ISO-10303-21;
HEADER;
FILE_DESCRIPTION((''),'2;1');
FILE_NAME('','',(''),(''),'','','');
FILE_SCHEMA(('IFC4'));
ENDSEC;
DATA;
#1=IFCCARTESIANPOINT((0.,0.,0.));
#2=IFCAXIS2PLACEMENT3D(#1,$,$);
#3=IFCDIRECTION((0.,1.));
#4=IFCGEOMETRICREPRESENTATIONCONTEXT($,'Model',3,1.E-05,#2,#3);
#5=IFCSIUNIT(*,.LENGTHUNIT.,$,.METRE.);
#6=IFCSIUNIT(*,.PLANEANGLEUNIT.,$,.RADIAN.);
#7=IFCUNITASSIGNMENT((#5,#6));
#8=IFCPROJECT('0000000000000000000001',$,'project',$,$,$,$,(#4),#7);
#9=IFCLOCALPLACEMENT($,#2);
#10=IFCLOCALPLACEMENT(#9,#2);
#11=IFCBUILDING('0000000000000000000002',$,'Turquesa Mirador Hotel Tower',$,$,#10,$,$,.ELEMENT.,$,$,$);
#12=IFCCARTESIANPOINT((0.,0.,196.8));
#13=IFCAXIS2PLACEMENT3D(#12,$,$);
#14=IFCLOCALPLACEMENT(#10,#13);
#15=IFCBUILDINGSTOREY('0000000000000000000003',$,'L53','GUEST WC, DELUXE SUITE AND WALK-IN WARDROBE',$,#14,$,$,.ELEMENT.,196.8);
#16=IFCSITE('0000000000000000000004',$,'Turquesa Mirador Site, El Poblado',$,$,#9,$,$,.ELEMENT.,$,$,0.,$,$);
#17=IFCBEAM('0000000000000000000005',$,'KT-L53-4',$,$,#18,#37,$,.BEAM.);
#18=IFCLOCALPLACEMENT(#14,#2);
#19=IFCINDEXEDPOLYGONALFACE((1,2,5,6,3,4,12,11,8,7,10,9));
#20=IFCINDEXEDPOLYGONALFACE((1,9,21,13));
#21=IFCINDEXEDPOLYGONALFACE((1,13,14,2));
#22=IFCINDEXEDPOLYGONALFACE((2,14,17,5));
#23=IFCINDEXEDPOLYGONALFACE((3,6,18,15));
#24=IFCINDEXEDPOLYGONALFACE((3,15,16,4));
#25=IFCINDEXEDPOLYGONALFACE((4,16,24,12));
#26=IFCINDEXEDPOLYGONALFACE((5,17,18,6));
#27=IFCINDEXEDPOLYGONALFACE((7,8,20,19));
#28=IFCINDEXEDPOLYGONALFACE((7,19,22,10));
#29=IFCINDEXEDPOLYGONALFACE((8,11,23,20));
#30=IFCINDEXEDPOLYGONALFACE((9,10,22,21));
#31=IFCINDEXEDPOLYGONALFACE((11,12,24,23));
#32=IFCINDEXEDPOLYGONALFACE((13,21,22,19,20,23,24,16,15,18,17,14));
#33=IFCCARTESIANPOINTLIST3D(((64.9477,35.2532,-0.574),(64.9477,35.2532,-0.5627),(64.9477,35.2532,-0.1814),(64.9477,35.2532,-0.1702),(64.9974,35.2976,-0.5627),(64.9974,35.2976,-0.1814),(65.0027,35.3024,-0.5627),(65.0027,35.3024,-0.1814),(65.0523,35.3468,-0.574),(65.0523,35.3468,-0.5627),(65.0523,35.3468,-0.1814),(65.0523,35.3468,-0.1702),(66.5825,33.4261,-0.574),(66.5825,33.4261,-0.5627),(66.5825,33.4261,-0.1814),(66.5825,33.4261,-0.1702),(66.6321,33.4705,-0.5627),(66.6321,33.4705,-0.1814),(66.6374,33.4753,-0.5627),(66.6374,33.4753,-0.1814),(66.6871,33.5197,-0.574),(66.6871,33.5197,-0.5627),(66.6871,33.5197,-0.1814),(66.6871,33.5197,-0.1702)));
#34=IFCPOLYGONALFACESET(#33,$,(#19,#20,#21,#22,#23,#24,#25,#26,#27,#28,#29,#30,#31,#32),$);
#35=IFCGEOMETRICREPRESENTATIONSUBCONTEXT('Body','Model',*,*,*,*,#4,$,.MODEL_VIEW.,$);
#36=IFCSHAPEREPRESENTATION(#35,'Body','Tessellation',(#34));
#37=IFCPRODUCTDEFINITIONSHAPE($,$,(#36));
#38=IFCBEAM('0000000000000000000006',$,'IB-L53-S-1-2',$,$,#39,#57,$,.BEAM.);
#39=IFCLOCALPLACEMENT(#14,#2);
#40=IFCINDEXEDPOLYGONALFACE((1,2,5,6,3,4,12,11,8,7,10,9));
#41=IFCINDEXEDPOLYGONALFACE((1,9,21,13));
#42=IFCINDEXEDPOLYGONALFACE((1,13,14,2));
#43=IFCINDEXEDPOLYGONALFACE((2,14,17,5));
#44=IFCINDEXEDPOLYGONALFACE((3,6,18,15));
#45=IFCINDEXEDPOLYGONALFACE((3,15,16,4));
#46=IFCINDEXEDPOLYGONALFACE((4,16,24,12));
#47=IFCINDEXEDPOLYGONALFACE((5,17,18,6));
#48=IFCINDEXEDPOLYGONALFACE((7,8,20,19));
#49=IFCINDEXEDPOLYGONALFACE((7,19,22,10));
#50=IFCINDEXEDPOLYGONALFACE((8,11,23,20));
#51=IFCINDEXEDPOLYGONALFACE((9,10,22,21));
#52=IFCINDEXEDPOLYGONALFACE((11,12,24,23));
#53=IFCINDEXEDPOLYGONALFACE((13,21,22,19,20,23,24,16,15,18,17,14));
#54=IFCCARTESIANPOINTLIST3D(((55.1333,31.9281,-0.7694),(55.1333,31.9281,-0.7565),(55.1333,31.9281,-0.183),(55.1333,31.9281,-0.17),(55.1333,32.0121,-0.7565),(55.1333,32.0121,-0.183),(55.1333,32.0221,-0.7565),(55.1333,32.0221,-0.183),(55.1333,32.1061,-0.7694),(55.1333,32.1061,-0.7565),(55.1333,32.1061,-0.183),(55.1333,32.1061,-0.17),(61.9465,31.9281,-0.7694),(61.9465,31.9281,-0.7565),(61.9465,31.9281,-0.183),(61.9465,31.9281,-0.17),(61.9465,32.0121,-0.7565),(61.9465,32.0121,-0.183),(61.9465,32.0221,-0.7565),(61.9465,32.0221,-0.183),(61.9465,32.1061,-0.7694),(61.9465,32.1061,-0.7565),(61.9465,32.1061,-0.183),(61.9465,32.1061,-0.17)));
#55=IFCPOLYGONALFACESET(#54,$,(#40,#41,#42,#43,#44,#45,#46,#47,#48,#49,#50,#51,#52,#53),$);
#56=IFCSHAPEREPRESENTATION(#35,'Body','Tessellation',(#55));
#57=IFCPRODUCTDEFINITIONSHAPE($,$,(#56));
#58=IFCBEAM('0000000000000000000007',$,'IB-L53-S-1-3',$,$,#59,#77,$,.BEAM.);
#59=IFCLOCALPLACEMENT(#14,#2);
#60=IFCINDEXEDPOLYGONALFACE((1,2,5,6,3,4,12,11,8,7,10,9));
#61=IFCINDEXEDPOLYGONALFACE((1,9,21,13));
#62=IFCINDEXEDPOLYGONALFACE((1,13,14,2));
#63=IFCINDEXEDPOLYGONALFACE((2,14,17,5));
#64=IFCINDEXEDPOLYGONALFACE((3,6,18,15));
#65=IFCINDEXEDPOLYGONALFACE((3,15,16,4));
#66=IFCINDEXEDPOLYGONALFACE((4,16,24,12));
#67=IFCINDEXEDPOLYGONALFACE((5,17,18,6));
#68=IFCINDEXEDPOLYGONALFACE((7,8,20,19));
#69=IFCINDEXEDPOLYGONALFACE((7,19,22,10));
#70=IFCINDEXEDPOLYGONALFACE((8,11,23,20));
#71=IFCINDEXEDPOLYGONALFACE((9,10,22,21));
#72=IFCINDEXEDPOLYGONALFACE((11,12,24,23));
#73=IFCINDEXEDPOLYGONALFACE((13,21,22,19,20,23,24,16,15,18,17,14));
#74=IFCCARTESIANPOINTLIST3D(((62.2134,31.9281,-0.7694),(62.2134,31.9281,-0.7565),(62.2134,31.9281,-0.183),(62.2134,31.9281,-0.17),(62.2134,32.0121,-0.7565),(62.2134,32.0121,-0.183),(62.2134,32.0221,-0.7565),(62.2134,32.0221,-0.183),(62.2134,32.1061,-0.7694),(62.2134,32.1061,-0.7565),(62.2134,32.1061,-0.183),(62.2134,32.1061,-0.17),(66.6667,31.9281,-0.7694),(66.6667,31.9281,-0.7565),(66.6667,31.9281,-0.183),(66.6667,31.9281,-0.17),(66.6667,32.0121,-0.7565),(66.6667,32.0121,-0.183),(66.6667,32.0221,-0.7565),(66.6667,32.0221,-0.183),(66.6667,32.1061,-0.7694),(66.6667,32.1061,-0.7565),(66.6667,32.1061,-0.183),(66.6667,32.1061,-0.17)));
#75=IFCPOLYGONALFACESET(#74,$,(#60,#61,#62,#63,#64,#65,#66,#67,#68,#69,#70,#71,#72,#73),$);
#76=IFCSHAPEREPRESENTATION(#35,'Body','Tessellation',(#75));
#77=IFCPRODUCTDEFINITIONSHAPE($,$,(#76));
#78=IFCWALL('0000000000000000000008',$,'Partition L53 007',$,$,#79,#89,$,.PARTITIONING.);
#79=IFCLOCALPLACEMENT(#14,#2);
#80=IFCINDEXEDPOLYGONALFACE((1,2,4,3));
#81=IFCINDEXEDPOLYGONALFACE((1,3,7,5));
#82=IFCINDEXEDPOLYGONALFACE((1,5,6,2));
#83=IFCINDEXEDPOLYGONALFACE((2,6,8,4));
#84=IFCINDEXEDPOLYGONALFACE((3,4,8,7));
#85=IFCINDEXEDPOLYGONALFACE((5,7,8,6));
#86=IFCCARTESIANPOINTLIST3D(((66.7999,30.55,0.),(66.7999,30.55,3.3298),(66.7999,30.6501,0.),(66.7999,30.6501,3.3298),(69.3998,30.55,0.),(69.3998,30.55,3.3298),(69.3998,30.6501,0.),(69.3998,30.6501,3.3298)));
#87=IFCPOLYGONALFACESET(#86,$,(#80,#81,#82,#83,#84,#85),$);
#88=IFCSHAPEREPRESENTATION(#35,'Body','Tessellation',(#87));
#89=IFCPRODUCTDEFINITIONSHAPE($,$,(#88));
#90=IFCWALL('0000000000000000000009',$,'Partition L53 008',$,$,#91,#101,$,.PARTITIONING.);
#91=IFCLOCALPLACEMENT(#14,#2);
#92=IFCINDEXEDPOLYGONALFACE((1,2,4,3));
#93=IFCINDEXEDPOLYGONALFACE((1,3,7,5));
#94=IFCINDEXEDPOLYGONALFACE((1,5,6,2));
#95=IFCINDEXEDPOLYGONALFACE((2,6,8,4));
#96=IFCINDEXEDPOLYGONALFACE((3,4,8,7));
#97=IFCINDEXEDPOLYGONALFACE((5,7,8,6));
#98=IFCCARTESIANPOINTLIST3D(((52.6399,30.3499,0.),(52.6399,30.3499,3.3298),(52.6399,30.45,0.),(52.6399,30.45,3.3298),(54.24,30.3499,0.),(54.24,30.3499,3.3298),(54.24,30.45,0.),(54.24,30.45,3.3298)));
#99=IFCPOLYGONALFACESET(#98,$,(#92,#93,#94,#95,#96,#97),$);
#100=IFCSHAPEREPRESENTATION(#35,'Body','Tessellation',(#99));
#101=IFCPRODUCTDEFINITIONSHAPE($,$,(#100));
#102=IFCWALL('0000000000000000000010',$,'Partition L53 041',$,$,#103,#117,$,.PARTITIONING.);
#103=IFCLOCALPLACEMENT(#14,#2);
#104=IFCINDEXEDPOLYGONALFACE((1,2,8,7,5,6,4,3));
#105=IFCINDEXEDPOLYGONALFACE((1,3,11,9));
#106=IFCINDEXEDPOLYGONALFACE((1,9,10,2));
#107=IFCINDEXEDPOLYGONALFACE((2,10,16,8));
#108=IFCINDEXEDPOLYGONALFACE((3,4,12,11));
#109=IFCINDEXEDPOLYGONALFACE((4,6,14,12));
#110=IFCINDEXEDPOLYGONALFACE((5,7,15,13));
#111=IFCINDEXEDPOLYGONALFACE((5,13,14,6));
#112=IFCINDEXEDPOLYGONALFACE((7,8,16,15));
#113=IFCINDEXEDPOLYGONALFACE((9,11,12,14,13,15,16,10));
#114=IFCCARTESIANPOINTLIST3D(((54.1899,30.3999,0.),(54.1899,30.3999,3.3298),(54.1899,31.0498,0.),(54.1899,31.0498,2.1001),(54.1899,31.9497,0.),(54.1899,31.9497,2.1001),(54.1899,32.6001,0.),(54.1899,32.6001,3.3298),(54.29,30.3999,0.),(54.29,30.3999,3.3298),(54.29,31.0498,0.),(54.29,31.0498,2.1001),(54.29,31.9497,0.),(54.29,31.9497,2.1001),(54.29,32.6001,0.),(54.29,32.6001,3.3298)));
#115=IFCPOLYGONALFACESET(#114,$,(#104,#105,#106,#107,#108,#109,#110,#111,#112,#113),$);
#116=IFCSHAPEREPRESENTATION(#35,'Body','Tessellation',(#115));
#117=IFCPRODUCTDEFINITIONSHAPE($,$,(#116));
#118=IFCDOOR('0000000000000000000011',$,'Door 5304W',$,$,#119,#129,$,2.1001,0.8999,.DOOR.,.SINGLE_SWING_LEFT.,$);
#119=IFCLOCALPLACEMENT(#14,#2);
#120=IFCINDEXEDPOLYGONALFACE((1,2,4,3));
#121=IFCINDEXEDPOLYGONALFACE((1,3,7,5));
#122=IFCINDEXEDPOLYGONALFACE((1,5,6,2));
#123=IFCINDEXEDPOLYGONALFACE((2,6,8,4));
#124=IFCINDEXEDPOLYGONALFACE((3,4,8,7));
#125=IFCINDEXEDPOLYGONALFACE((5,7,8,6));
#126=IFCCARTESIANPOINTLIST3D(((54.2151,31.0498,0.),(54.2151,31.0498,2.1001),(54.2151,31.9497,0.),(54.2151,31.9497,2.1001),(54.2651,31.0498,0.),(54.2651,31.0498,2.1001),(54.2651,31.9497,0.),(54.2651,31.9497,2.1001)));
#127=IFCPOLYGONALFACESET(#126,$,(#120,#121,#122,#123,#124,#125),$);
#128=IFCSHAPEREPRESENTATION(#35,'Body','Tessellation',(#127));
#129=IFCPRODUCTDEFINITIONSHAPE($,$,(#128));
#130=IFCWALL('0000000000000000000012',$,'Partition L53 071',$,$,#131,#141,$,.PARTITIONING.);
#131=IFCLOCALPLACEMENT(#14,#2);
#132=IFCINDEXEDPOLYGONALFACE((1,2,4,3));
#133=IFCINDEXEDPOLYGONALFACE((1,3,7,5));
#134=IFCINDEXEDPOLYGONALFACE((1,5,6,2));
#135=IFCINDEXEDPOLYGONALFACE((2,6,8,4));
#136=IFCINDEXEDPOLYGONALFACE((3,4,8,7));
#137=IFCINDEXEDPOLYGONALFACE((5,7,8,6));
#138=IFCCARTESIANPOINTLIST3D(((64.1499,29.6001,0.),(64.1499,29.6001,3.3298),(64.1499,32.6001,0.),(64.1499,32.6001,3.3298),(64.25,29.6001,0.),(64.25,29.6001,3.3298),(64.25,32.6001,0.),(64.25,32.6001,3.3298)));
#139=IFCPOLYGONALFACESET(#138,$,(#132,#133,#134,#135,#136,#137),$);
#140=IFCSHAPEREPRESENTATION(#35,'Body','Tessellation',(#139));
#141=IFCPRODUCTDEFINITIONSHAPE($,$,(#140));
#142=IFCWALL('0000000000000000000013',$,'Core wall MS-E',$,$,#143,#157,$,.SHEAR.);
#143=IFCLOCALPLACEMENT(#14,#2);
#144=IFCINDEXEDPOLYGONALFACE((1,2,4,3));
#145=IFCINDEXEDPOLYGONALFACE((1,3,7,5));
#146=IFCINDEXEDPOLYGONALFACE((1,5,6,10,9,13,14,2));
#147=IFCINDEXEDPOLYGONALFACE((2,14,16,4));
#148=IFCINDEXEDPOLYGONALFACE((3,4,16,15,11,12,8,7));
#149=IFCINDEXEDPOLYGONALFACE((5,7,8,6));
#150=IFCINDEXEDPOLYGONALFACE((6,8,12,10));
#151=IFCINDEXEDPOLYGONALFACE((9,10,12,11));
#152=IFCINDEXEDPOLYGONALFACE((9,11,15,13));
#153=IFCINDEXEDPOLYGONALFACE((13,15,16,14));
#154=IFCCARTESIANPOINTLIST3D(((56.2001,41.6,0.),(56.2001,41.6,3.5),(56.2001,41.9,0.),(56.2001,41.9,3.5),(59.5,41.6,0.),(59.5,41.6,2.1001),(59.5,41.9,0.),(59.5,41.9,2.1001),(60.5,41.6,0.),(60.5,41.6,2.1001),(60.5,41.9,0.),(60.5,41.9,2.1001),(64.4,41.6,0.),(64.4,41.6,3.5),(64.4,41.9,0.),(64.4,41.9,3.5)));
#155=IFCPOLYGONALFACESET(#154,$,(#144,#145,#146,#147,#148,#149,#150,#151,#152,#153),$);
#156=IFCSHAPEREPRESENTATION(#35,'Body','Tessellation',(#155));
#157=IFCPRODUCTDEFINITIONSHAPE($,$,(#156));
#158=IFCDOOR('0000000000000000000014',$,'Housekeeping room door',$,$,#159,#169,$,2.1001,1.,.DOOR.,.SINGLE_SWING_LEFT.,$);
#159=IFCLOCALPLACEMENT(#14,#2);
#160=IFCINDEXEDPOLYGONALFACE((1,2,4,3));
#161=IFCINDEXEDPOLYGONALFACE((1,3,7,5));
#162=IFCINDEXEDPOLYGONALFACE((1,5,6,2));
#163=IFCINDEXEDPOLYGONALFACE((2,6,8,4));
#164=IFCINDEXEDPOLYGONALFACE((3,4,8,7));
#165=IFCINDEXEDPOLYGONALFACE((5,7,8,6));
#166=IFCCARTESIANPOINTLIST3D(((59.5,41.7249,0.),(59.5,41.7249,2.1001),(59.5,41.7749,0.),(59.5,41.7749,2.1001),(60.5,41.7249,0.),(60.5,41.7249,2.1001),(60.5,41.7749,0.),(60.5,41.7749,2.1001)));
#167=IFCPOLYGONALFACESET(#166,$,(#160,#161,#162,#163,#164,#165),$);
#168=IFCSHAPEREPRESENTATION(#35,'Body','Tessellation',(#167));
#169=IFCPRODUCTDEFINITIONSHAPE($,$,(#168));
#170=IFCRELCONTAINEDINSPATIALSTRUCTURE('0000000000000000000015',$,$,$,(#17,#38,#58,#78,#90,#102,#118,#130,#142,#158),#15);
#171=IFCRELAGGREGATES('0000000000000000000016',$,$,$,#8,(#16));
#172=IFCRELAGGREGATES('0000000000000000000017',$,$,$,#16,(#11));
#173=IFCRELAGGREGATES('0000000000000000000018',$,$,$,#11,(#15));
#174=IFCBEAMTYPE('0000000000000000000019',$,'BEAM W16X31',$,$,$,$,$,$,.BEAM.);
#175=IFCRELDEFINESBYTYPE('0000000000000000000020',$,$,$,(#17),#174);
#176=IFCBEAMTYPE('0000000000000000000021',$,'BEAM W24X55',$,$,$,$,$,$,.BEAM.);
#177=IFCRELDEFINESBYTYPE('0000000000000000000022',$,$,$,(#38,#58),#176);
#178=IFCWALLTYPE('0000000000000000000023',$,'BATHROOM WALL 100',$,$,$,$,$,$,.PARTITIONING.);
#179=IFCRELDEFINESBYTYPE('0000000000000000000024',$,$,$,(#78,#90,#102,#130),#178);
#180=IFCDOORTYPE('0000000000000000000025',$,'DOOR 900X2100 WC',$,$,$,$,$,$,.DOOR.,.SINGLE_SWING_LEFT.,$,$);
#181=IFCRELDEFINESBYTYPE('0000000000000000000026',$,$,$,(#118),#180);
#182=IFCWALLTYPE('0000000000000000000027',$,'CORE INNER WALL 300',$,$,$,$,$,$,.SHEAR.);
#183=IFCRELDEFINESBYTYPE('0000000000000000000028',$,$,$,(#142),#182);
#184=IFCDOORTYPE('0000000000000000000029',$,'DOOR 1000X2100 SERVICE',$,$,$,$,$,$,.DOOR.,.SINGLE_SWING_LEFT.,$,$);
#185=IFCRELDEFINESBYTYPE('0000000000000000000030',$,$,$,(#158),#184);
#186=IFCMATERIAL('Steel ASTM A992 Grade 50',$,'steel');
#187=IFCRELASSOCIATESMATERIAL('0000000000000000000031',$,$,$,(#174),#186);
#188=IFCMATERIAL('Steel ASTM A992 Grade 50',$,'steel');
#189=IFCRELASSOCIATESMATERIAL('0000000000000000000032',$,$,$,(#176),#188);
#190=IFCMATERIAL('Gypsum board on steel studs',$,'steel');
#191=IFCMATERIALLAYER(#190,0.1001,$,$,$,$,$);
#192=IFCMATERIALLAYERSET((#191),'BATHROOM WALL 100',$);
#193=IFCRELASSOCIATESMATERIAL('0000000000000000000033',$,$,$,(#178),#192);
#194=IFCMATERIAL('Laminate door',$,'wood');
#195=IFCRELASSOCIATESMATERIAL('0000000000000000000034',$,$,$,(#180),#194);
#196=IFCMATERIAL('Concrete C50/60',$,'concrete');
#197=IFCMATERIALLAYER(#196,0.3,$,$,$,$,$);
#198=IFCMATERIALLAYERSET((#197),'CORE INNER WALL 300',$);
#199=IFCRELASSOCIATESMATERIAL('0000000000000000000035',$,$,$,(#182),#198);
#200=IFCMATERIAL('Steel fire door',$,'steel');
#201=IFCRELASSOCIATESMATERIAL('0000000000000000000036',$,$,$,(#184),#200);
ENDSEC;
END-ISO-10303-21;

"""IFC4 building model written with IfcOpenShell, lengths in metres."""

from ifc_helpers import new_model, si_unit, direction, frame, frame_2d, origin, origin_2d, place, context, subcontext, project, spatial, rectangle, i_section, extrude, material, layer, layer_set, material_profile, profile_set, type_object, element, fill, save


model = new_model("IFC4")

# Units and contexts
model_context = context("Model", 3, precision=1e-05, world=origin(), true_north=direction((0.0, 1.0)))
body_context = subcontext(model_context, "Body", "Model", "MODEL_VIEW")
ifc_project = project(units=[si_unit("LENGTHUNIT", "METRE"), si_unit("PLANEANGLEUNIT", "RADIAN")], contexts=[model_context])

# Site, building, storey
site_placement = place(None, origin())
site = spatial("IfcSite", under=ifc_project, at=site_placement, Name="Turquesa Mirador Site, El Poblado", CompositionType="ELEMENT", RefElevation=0.0)
building_placement = place(site_placement, origin())
building = spatial("IfcBuilding", under=site, at=building_placement, Name="Turquesa Mirador Hotel Tower", CompositionType="ELEMENT")
storey_placement = place(building_placement, frame((0.0, 0.0, 196.8)))
storey = spatial("IfcBuildingStorey", under=building, at=storey_placement, Name="L53", Description="GUEST WC, DELUXE SUITE AND WALK-IN WARDROBE", CompositionType="ELEMENT", Elevation=196.8)

# Beams
ifc_material_1 = material(Name="Steel ASTM A992 Grade 50", Category="steel")
ifc_material_profile_1 = material_profile(ifc_material_1, i_section(OverallWidth=0.1404, OverallDepth=0.4038, WebThickness=0.0071, FlangeThickness=0.0112, at=origin_2d()), Name="W16X31")
ifc_profile_set_1 = profile_set([ifc_material_profile_1], Name="Steel ASTM A992 Grade 50")
beam_type_1 = type_object("IfcBeamType", Name="BEAM W16X31", PredefinedType="BEAM", material=ifc_profile_set_1)
beam_1_placement = place(storey_placement, frame((66.6348, 33.4729, -0.3721), z_axis=(-0.666783, 0.745252, 0.0), x_axis=(-0.745252, -0.666783, 0.0)))
element("IfcBeam", 1, at=beam_1_placement, inside=storey, type_object=beam_type_1, Name="KT-L53-4", PredefinedType="BEAM", context=body_context, shape_type="SweptSolid", body=[
    extrude(i_section(OverallWidth=0.1404, OverallDepth=0.4038, WebThickness=0.0071, FlangeThickness=0.0112, at=origin_2d()), origin(), (0.0, 0.0, 1.0), 2.4517),
])
ifc_material_2 = material(Name="Steel ASTM A992 Grade 50", Category="steel")
ifc_material_profile_2 = material_profile(ifc_material_2, i_section(OverallWidth=0.178, OverallDepth=0.5994, WebThickness=0.01, FlangeThickness=0.0129, at=origin_2d()), Name="W24X55")
ifc_profile_set_2 = profile_set([ifc_material_profile_2], Name="Steel ASTM A992 Grade 50")
beam_type_2 = type_object("IfcBeamType", Name="BEAM W24X55", PredefinedType="BEAM", material=ifc_profile_set_2)
beam_2_placement = place(storey_placement, frame((55.1333, 32.0171, -0.4697), z_axis=(1.0, 0.0, 0.0), x_axis=(0.0, 1.0, 0.0)))
element("IfcBeam", 2, at=beam_2_placement, inside=storey, type_object=beam_type_2, Name="IB-L53-S-1-2", PredefinedType="BEAM", context=body_context, shape_type="SweptSolid", body=[
    extrude(i_section(OverallWidth=0.178, OverallDepth=0.5994, WebThickness=0.01, FlangeThickness=0.0129, at=origin_2d()), origin(), (0.0, 0.0, 1.0), 6.8132),
])
beam_3_placement = place(storey_placement, frame((62.2134, 32.0171, -0.4697), z_axis=(1.0, 0.0, 0.0), x_axis=(0.0, 1.0, 0.0)))
element("IfcBeam", 3, at=beam_3_placement, inside=storey, type_object=beam_type_2, Name="IB-L53-S-1-3", PredefinedType="BEAM", context=body_context, shape_type="SweptSolid", body=[
    extrude(i_section(OverallWidth=0.178, OverallDepth=0.5994, WebThickness=0.01, FlangeThickness=0.0129, at=origin_2d()), origin(), (0.0, 0.0, 1.0), 4.4534),
])

# Walls
ifc_material_3 = material(Name="Gypsum board on steel studs", Category="steel")
ifc_layer_1 = layer(ifc_material_3, 0.1001)
ifc_layer_set_1 = layer_set([ifc_layer_1], Name="BATHROOM WALL 100")
wall_type_1 = type_object("IfcWallType", Name="BATHROOM WALL 100", PredefinedType="PARTITIONING", material=ifc_layer_set_1)
wall_1_placement = place(storey_placement, frame((66.8, 30.6001, 0.0), z_axis=(0.0, 0.0, 1.0), x_axis=(1.0, 0.0, 0.0)))
element("IfcWall", 4, at=wall_1_placement, inside=storey, type_object=wall_type_1, Name="Partition L53 007", PredefinedType="PARTITIONING", context=body_context, shape_type="SweptSolid", body=[
    extrude(rectangle(XDim=2.5999, YDim=0.1001, at=frame_2d((1.2998, 0.0))), origin(), (0.0, 0.0, 1.0), 3.3298),
])
wall_2_placement = place(storey_placement, frame((52.6399, 30.3999, 0.0), z_axis=(0.0, 0.0, 1.0), x_axis=(1.0, 0.0, 0.0)))
element("IfcWall", 5, at=wall_2_placement, inside=storey, type_object=wall_type_1, Name="Partition L53 008", PredefinedType="PARTITIONING", context=body_context, shape_type="SweptSolid", body=[
    extrude(rectangle(XDim=1.6001, YDim=0.1001, at=frame_2d((0.8, 0.0))), origin(), (0.0, 0.0, 1.0), 3.3298),
])

# Wall, opening, door
wall_3_placement = place(storey_placement, frame((54.24, 30.3999, 0.0), z_axis=(0.0, 0.0, 1.0), x_axis=(0.0, 1.0, 0.0)))
wall_3 = element("IfcWall", 6, at=wall_3_placement, inside=storey, type_object=wall_type_1, Name="Partition L53 041", PredefinedType="PARTITIONING", context=body_context, shape_type="SweptSolid", body=[
    extrude(rectangle(XDim=2.2002, YDim=0.1001, at=frame_2d((1.1001, 0.0))), origin(), (0.0, 0.0, 1.0), 3.3298),
])
opening_1_placement = place(wall_3_placement, frame((0.6499, 0.0, 0.0)))
opening_1 = element("IfcOpeningElement", 7, at=opening_1_placement, cuts=wall_3, PredefinedType="OPENING", context=body_context, shape_type="SweptSolid", body=[
    extrude(rectangle(XDim=0.8999, YDim=2.1001, at=frame_2d((0.45, 1.05))), frame((0.0, 0.0601, 0.0), z_axis=(0.0, -1.0, 0.0), x_axis=(1.0, 0.0, 0.0)), (0.0, 0.0, 1.0), 0.1201),
])
ifc_material_4 = material(Name="Laminate door", Category="wood")
door_type_1 = type_object("IfcDoorType", Name="DOOR 900X2100 WC", OperationType="SINGLE_SWING_LEFT", PredefinedType="DOOR", material=ifc_material_4)
door_1_placement = place(opening_1_placement, origin())
door_1 = element("IfcDoor", 8, at=door_1_placement, inside=storey, type_object=door_type_1, Name="Door 5304W", OperationType="SINGLE_SWING_LEFT", OverallHeight=2.1001, OverallWidth=0.8999, PredefinedType="DOOR", context=body_context, shape_type="SweptSolid", body=[
    extrude(rectangle(XDim=0.8999, YDim=2.1001, at=frame_2d((0.45, 1.05))), frame((0.0, 0.0249, 0.0), z_axis=(0.0, -1.0, 0.0), x_axis=(1.0, 0.0, 0.0)), (0.0, 0.0, 1.0), 0.05),
])
fill(opening_1, door_1)

# Wall
wall_4_placement = place(storey_placement, frame((64.2, 29.6001, 0.0), z_axis=(0.0, 0.0, 1.0), x_axis=(0.0, 1.0, 0.0)))
element("IfcWall", 9, at=wall_4_placement, inside=storey, type_object=wall_type_1, Name="Partition L53 071", PredefinedType="PARTITIONING", context=body_context, shape_type="SweptSolid", body=[
    extrude(rectangle(XDim=3.0, YDim=0.1001, at=frame_2d((1.5, 0.0))), origin(), (0.0, 0.0, 1.0), 3.3298),
])

# Wall, opening, door
ifc_material_5 = material(Name="Concrete C50/60", Category="concrete")
ifc_layer_2 = layer(ifc_material_5, 0.3)
ifc_layer_set_2 = layer_set([ifc_layer_2], Name="CORE INNER WALL 300")
wall_type_2 = type_object("IfcWallType", Name="CORE INNER WALL 300", PredefinedType="SHEAR", material=ifc_layer_set_2)
wall_5_placement = place(storey_placement, frame((56.2, 41.75, 0.0), z_axis=(0.0, 0.0, 1.0), x_axis=(1.0, 0.0, 0.0)))
wall_5 = element("IfcWall", 10, at=wall_5_placement, inside=storey, type_object=wall_type_2, Name="Core wall MS-E", PredefinedType="SHEAR", context=body_context, shape_type="SweptSolid", body=[
    extrude(rectangle(XDim=8.2, YDim=0.3, at=frame_2d((4.1001, 0.0))), origin(), (0.0, 0.0, 1.0), 3.5),
])
opening_2_placement = place(wall_5_placement, frame((3.3, 0.0, 0.0)))
opening_2 = element("IfcOpeningElement", 11, at=opening_2_placement, cuts=wall_5, PredefinedType="OPENING", context=body_context, shape_type="SweptSolid", body=[
    extrude(rectangle(XDim=1.0, YDim=2.1001, at=frame_2d((0.5, 1.05))), frame((0.0, 0.1599, 0.0), z_axis=(0.0, -1.0, 0.0), x_axis=(1.0, 0.0, 0.0)), (0.0, 0.0, 1.0), 0.3201),
])
ifc_material_6 = material(Name="Steel fire door", Category="steel")
door_type_2 = type_object("IfcDoorType", Name="DOOR 1000X2100 SERVICE", OperationType="SINGLE_SWING_LEFT", PredefinedType="DOOR", material=ifc_material_6)
door_2_placement = place(opening_2_placement, origin())
door_2 = element("IfcDoor", 12, at=door_2_placement, inside=storey, type_object=door_type_2, Name="Housekeeping room door", OperationType="SINGLE_SWING_LEFT", OverallHeight=2.1001, OverallWidth=1.0, PredefinedType="DOOR", context=body_context, shape_type="SweptSolid", body=[
    extrude(rectangle(XDim=1.0, YDim=2.1001, at=frame_2d((0.5, 1.05))), frame((0.0, 0.0249, 0.0), z_axis=(0.0, -1.0, 0.0), x_axis=(1.0, 0.0, 0.0)), (0.0, 0.0, 1.0), 0.05),
])
fill(opening_2, door_2)

save(model, "model.ifc")
